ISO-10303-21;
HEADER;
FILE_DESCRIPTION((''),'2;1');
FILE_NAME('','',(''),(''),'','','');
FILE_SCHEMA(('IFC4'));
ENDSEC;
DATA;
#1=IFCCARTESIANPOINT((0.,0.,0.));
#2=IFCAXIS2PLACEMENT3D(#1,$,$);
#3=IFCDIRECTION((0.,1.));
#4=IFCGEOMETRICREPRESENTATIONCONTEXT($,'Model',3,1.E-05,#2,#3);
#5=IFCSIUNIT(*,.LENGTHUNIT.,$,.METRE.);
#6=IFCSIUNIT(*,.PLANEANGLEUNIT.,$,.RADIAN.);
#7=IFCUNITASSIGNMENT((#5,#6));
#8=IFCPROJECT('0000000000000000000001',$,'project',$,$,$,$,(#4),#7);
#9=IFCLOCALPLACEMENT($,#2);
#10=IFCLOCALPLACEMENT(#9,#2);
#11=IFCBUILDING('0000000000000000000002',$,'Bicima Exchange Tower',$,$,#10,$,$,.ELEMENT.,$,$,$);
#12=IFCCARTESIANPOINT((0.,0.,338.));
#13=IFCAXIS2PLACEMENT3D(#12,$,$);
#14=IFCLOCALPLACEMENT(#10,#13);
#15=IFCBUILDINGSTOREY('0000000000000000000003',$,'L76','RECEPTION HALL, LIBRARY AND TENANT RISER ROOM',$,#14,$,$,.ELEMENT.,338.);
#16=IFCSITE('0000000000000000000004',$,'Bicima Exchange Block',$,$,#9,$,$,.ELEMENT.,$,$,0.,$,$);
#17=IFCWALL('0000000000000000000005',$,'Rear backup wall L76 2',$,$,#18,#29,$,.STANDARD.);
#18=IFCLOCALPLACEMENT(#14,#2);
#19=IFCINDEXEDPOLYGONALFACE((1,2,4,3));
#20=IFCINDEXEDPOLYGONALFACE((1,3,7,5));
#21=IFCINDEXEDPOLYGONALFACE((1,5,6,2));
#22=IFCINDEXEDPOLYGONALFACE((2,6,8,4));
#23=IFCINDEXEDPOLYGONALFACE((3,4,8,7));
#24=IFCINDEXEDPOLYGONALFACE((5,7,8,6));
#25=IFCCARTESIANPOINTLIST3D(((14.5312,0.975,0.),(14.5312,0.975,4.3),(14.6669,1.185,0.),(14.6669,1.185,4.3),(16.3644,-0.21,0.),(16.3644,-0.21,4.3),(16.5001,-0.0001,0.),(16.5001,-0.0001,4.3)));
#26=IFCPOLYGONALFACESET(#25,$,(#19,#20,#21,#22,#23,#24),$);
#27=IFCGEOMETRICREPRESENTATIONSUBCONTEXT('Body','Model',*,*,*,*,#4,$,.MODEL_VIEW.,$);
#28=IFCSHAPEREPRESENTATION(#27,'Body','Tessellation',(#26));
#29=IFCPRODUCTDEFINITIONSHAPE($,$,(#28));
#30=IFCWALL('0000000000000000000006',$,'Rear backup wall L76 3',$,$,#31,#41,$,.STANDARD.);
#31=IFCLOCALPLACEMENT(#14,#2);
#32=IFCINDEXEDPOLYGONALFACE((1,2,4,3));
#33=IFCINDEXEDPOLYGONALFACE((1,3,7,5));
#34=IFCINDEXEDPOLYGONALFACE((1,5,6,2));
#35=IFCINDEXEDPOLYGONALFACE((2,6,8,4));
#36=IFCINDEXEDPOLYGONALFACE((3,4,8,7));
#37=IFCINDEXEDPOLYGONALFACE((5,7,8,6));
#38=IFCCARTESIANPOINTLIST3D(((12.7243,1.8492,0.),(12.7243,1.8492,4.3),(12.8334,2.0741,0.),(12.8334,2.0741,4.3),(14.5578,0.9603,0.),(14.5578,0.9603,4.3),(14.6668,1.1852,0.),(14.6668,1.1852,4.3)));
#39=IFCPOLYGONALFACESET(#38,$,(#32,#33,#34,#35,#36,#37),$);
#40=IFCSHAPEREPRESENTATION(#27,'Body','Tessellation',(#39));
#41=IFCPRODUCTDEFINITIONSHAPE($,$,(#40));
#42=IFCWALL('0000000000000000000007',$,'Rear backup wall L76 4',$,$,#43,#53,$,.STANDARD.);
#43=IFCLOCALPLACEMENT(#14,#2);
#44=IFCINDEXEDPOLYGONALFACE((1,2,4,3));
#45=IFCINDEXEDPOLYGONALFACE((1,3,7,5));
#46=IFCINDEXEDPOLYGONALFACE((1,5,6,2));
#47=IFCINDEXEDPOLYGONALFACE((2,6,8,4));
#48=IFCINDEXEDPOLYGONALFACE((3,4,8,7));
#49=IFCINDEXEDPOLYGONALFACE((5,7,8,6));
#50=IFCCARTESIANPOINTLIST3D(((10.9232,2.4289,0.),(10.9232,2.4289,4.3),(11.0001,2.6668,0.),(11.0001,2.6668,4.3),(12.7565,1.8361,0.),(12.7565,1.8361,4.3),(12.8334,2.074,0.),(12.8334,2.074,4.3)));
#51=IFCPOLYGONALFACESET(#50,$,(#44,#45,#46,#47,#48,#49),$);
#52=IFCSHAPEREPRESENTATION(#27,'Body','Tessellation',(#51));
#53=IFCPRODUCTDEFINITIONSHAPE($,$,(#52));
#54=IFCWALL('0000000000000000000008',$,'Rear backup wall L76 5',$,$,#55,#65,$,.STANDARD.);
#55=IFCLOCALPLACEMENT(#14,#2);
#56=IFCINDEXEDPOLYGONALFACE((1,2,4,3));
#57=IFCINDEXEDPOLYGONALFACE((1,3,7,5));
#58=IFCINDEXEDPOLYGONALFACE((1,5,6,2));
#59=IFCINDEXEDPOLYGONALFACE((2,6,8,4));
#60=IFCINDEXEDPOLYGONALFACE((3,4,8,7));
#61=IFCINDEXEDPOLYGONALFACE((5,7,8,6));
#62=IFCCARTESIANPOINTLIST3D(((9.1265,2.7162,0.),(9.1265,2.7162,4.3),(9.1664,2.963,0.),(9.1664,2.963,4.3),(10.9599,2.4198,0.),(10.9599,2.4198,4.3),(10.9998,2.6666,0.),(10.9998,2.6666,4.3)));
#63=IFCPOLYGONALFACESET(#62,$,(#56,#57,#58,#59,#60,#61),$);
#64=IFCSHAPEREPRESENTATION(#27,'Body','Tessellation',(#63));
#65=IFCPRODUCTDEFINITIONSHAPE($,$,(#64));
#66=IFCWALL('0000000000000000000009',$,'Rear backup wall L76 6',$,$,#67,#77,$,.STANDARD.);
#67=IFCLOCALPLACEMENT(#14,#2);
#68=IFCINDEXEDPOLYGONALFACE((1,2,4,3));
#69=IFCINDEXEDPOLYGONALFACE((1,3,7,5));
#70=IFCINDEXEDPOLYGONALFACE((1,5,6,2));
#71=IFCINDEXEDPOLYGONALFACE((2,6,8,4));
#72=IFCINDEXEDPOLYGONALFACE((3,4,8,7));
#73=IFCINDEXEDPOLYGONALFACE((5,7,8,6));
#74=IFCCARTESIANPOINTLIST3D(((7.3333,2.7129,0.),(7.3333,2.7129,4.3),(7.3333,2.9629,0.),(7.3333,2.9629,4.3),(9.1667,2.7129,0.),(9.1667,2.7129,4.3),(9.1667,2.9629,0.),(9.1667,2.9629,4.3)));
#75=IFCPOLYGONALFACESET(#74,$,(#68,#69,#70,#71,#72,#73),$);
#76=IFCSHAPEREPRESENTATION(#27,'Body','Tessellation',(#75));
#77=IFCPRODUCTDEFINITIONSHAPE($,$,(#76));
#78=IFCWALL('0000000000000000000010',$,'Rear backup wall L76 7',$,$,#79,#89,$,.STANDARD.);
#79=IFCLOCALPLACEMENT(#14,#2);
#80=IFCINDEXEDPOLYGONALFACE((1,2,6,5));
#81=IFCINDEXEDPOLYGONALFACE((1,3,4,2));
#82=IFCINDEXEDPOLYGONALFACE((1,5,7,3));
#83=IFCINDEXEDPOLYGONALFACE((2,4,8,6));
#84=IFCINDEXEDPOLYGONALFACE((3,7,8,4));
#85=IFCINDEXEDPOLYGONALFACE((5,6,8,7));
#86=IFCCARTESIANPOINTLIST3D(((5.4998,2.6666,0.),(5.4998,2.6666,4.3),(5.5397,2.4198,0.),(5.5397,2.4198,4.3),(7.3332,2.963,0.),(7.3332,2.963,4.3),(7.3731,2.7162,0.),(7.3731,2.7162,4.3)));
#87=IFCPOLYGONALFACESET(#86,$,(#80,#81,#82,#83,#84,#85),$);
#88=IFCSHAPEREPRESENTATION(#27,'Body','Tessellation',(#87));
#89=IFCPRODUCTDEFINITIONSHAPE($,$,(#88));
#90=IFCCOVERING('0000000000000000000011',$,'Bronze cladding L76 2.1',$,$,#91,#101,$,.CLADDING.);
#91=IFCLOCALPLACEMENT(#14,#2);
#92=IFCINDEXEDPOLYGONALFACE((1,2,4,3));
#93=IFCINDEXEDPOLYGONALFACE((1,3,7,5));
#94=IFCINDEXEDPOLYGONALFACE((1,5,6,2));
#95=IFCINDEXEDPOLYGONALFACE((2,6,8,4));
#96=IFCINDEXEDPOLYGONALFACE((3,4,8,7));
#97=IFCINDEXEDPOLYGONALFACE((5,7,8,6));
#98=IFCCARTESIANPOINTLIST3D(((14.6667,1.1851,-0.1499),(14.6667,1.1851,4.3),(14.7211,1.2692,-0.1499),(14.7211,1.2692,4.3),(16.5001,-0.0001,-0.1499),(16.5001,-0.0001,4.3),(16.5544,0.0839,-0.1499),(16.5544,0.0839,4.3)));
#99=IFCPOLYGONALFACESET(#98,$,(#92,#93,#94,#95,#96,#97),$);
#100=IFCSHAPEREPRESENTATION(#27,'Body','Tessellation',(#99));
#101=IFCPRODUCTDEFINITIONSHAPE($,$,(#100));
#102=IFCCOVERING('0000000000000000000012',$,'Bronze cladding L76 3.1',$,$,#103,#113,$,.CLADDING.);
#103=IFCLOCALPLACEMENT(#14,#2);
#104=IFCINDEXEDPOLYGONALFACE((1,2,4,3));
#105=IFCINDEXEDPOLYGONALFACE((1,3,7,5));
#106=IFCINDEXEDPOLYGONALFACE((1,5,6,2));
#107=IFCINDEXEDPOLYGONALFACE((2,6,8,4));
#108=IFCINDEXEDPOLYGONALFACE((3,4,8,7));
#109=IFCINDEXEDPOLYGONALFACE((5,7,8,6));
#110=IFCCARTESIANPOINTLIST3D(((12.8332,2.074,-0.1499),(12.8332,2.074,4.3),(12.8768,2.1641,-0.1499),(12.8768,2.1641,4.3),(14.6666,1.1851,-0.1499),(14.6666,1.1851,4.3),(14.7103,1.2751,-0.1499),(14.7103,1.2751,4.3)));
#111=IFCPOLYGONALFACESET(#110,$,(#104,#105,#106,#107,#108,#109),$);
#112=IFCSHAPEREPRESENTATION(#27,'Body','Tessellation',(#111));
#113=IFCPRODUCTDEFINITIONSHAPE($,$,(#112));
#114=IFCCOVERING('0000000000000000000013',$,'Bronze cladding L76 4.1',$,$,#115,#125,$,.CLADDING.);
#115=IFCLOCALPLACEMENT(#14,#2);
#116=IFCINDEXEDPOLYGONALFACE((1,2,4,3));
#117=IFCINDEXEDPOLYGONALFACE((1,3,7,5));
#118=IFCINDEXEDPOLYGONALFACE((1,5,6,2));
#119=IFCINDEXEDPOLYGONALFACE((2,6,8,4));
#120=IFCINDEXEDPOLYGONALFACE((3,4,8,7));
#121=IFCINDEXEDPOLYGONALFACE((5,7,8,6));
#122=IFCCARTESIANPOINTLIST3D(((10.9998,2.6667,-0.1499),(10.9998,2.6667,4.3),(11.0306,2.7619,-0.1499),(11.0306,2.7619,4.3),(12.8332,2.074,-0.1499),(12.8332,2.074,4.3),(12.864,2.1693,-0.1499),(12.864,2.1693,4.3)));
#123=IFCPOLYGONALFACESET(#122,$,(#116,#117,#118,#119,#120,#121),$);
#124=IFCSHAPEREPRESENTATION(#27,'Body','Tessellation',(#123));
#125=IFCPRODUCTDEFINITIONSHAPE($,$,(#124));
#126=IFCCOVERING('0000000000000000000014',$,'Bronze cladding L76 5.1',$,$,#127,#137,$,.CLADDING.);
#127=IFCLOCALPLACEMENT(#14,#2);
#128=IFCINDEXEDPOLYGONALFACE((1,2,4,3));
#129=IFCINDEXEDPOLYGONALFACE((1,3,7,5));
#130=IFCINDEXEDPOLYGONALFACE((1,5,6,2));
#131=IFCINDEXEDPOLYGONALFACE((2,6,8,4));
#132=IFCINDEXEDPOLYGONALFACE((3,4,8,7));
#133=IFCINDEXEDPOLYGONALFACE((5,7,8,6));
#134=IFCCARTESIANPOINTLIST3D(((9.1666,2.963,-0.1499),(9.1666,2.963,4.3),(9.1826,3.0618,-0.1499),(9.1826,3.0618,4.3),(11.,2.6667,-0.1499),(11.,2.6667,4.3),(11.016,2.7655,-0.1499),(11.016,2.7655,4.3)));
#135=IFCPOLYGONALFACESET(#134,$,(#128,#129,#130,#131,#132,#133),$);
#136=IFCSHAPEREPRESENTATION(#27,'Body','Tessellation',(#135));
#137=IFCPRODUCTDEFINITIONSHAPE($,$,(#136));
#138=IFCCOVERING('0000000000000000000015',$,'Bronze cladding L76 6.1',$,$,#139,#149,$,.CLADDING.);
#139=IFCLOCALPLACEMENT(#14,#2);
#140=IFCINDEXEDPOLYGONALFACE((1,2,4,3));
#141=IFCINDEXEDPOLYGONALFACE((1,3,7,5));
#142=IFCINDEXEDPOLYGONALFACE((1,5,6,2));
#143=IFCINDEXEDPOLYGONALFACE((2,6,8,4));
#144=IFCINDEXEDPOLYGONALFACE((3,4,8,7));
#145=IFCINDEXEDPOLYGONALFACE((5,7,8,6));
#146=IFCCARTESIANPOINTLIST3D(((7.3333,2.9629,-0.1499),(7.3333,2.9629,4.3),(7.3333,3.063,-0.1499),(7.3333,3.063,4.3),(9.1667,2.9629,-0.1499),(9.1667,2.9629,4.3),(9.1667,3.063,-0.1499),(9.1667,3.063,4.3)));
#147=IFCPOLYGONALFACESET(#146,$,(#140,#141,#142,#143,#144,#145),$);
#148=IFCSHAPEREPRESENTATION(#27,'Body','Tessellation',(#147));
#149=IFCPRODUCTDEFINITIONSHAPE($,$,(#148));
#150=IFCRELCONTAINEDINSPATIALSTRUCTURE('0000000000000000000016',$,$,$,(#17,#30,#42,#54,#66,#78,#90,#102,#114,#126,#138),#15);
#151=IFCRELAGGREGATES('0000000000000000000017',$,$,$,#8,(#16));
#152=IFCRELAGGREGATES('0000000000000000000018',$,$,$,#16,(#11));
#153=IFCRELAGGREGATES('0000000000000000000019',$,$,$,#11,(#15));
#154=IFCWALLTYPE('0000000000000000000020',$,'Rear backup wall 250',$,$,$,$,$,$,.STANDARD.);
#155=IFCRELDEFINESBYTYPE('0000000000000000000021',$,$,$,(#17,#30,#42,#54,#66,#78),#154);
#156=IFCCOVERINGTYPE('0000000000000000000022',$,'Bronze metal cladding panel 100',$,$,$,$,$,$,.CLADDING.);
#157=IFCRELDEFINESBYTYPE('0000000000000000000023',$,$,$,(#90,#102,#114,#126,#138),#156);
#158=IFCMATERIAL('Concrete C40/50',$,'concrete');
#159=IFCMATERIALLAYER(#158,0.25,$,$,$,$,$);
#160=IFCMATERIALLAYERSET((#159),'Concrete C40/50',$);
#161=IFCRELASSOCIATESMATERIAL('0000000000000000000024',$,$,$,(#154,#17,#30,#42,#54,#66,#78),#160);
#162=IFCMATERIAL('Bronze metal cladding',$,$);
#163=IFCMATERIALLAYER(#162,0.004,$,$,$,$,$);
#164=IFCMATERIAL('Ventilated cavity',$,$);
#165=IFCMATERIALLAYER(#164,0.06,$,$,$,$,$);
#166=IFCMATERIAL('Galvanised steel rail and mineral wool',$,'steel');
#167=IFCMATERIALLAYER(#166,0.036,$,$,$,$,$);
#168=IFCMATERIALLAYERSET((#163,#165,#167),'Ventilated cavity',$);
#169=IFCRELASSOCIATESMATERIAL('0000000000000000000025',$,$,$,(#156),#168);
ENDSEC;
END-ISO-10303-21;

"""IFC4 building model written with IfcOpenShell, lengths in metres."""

from ifc_helpers import new_model, si_unit, direction, frame, frame_2d, origin, origin_2d, place, context, subcontext, project, spatial, rectangle, extrude, material, layer, layer_set, layer_usage, type_object, element, save


model = new_model("IFC4")

# Units and contexts
model_context = context("Model", 3, precision=1e-05, world=origin(), true_north=direction((0.0, 1.0)))
body_context = subcontext(model_context, "Body", "Model", "MODEL_VIEW")
ifc_project = project(units=[si_unit("LENGTHUNIT", "METRE"), si_unit("PLANEANGLEUNIT", "RADIAN")], contexts=[model_context])

# Site, building, storey
site_placement = place(None, origin())
site = spatial("IfcSite", under=ifc_project, at=site_placement, Name="Bicima Exchange Block", CompositionType="ELEMENT", RefElevation=0.0)
building_placement = place(site_placement, origin())
building = spatial("IfcBuilding", under=site, at=building_placement, Name="Bicima Exchange Tower", CompositionType="ELEMENT")
storey_placement = place(building_placement, frame((0.0, 0.0, 338.0)))
storey = spatial("IfcBuildingStorey", under=building, at=storey_placement, Name="L76", Description="RECEPTION HALL, LIBRARY AND TENANT RISER ROOM", CompositionType="ELEMENT", Elevation=338.0)

# Shared definitions
ifc_material_1 = material(Name="Concrete C40/50", Category="concrete")

# Walls
ifc_layer_1 = layer(ifc_material_1, 0.25)
ifc_layer_set_1 = layer_set([ifc_layer_1], Name="Concrete C40/50")
ifc_layer_usage = layer_usage(ifc_layer_set_1, "AXIS2", "POSITIVE", -0.125)
wall_type_1 = type_object("IfcWallType", Name="Rear backup wall 250", PredefinedType="STANDARD", material=ifc_layer_set_1)
wall_1_placement = place(storey_placement, frame((16.4321, -0.105, 0.0), z_axis=(0.0, 0.0, 1.0), x_axis=(-0.839813, 0.542876, 0.0)))
element("IfcWall", 1, at=wall_1_placement, inside=storey, type_object=wall_type_1, material=ifc_layer_usage, Name="Rear backup wall L76 2", PredefinedType="STANDARD", context=body_context, shape_type="SweptSolid", body=[
    extrude(rectangle(XDim=2.1829, YDim=0.25, at=frame_2d((1.0913, 0.0))), origin(), (0.0, 0.0, 1.0), 4.3),
])
wall_2_placement = place(storey_placement, frame((14.6123, 1.0728, 0.0), z_axis=(0.0, 0.0, 1.0), x_axis=(-0.899824, 0.436253, 0.0)))
element("IfcWall", 2, at=wall_2_placement, inside=storey, type_object=wall_type_1, material=ifc_layer_usage, Name="Rear backup wall L76 3", PredefinedType="STANDARD", context=body_context, shape_type="SweptSolid", body=[
    extrude(rectangle(XDim=2.0376, YDim=0.25, at=frame_2d((1.0188, 0.0))), origin(), (0.0, 0.0, 1.0), 4.3),
])
wall_3_placement = place(storey_placement, frame((12.7949, 1.9551, 0.0), z_axis=(0.0, 0.0, 1.0), x_axis=(-0.951496, 0.307662, 0.0)))
element("IfcWall", 3, at=wall_3_placement, inside=storey, type_object=wall_type_1, material=ifc_layer_usage, Name="Rear backup wall L76 4", PredefinedType="STANDARD", context=body_context, shape_type="SweptSolid", body=[
    extrude(rectangle(XDim=1.9268, YDim=0.25, at=frame_2d((0.9634, 0.0))), origin(), (0.0, 0.0, 1.0), 4.3),
])
wall_4_placement = place(storey_placement, frame((10.98, 2.5432, 0.0), z_axis=(0.0, 0.0, 1.0), x_axis=(-0.987182, 0.1596, 0.0)))
element("IfcWall", 4, at=wall_4_placement, inside=storey, type_object=wall_type_1, material=ifc_layer_usage, Name="Rear backup wall L76 5", PredefinedType="STANDARD", context=body_context, shape_type="SweptSolid", body=[
    extrude(rectangle(XDim=1.8572, YDim=0.25, at=frame_2d((0.9287, 0.0))), origin(), (0.0, 0.0, 1.0), 4.3),
])
wall_5_placement = place(storey_placement, frame((9.1667, 2.8379, 0.0), z_axis=(0.0, 0.0, 1.0), x_axis=(-1.0, 0.0, 0.0)))
element("IfcWall", 5, at=wall_5_placement, inside=storey, type_object=wall_type_1, material=ifc_layer_usage, Name="Rear backup wall L76 6", PredefinedType="STANDARD", context=body_context, shape_type="SweptSolid", body=[
    extrude(rectangle(XDim=1.8335, YDim=0.25, at=frame_2d((0.9167, 0.0))), origin(), (0.0, 0.0, 1.0), 4.3),
])
wall_6_placement = place(storey_placement, frame((7.3533, 2.8396, 0.0), z_axis=(0.0, 0.0, 1.0), x_axis=(-0.987182, -0.1596, 0.0)))
element("IfcWall", 6, at=wall_6_placement, inside=storey, type_object=wall_type_1, material=ifc_layer_usage, Name="Rear backup wall L76 7", PredefinedType="STANDARD", context=body_context, shape_type="SweptSolid", body=[
    extrude(rectangle(XDim=1.8572, YDim=0.25, at=frame_2d((0.9287, 0.0))), origin(), (0.0, 0.0, 1.0), 4.3),
])

# Coverings
ifc_material_2 = material(Name="Bronze metal cladding")
ifc_layer_2 = layer(ifc_material_2, 0.004)
ifc_material_3 = material(Name="Ventilated cavity")
ifc_layer_3 = layer(ifc_material_3, 0.06)
ifc_material_4 = material(Name="Galvanised steel rail and mineral wool", Category="steel")
ifc_layer_4 = layer(ifc_material_4, 0.036)
ifc_layer_set_2 = layer_set([ifc_layer_2, ifc_layer_3, ifc_layer_4], Name="Ventilated cavity")
covering_type = type_object("IfcCoveringType", Name="Bronze metal cladding panel 100", PredefinedType="CLADDING", material=ifc_layer_set_2)
covering_1_placement = place(storey_placement, frame((15.6106, 0.6345, -0.1499), z_axis=(0.0, 0.0, 1.0), x_axis=(-0.83979, 0.542911, 0.0)))
element("IfcCovering", 7, at=covering_1_placement, inside=storey, type_object=covering_type, Name="Bronze cladding L76 2.1", PredefinedType="CLADDING", context=body_context, shape_type="SweptSolid", body=[
    extrude(rectangle(XDim=2.1831, YDim=0.1001, at=origin_2d()), origin(), (0.0, 0.0, 1.0), 4.45),
])
covering_2_placement = place(storey_placement, frame((13.7717, 1.6746, -0.1499), z_axis=(0.0, 0.0, 1.0), x_axis=(-0.899818, 0.436265, 0.0)))
element("IfcCovering", 8, at=covering_2_placement, inside=storey, type_object=covering_type, Name="Bronze cladding L76 3.1", PredefinedType="CLADDING", context=body_context, shape_type="SweptSolid", body=[
    extrude(rectangle(XDim=2.0376, YDim=0.1001, at=origin_2d()), origin(), (0.0, 0.0, 1.0), 4.45),
])
covering_3_placement = place(storey_placement, frame((11.9319, 2.418, -0.1499), z_axis=(0.0, 0.0, 1.0), x_axis=(-0.951525, 0.307573, 0.0)))
element("IfcCovering", 9, at=covering_3_placement, inside=storey, type_object=covering_type, Name="Bronze cladding L76 4.1", PredefinedType="CLADDING", context=body_context, shape_type="SweptSolid", body=[
    extrude(rectangle(XDim=1.9268, YDim=0.1001, at=origin_2d()), origin(), (0.0, 0.0, 1.0), 4.45),
])
covering_4_placement = place(storey_placement, frame((10.0913, 2.8643, -0.1499), z_axis=(0.0, 0.0, 1.0), x_axis=(-0.98719, 0.15955, 0.0)))
element("IfcCovering", 10, at=covering_4_placement, inside=storey, type_object=covering_type, Name="Bronze cladding L76 5.1", PredefinedType="CLADDING", context=body_context, shape_type="SweptSolid", body=[
    extrude(rectangle(XDim=1.8572, YDim=0.1001, at=origin_2d()), origin(), (0.0, 0.0, 1.0), 4.45),
])
covering_5_placement = place(storey_placement, frame((8.25, 3.0129, -0.1499), z_axis=(0.0, 0.0, 1.0), x_axis=(-1.0, 0.0, 0.0)))
element("IfcCovering", 11, at=covering_5_placement, inside=storey, type_object=covering_type, Name="Bronze cladding L76 6.1", PredefinedType="CLADDING", context=body_context, shape_type="SweptSolid", body=[
    extrude(rectangle(XDim=1.8335, YDim=0.1001, at=origin_2d()), origin(), (0.0, 0.0, 1.0), 4.45),
])

save(model, "model.ifc")
